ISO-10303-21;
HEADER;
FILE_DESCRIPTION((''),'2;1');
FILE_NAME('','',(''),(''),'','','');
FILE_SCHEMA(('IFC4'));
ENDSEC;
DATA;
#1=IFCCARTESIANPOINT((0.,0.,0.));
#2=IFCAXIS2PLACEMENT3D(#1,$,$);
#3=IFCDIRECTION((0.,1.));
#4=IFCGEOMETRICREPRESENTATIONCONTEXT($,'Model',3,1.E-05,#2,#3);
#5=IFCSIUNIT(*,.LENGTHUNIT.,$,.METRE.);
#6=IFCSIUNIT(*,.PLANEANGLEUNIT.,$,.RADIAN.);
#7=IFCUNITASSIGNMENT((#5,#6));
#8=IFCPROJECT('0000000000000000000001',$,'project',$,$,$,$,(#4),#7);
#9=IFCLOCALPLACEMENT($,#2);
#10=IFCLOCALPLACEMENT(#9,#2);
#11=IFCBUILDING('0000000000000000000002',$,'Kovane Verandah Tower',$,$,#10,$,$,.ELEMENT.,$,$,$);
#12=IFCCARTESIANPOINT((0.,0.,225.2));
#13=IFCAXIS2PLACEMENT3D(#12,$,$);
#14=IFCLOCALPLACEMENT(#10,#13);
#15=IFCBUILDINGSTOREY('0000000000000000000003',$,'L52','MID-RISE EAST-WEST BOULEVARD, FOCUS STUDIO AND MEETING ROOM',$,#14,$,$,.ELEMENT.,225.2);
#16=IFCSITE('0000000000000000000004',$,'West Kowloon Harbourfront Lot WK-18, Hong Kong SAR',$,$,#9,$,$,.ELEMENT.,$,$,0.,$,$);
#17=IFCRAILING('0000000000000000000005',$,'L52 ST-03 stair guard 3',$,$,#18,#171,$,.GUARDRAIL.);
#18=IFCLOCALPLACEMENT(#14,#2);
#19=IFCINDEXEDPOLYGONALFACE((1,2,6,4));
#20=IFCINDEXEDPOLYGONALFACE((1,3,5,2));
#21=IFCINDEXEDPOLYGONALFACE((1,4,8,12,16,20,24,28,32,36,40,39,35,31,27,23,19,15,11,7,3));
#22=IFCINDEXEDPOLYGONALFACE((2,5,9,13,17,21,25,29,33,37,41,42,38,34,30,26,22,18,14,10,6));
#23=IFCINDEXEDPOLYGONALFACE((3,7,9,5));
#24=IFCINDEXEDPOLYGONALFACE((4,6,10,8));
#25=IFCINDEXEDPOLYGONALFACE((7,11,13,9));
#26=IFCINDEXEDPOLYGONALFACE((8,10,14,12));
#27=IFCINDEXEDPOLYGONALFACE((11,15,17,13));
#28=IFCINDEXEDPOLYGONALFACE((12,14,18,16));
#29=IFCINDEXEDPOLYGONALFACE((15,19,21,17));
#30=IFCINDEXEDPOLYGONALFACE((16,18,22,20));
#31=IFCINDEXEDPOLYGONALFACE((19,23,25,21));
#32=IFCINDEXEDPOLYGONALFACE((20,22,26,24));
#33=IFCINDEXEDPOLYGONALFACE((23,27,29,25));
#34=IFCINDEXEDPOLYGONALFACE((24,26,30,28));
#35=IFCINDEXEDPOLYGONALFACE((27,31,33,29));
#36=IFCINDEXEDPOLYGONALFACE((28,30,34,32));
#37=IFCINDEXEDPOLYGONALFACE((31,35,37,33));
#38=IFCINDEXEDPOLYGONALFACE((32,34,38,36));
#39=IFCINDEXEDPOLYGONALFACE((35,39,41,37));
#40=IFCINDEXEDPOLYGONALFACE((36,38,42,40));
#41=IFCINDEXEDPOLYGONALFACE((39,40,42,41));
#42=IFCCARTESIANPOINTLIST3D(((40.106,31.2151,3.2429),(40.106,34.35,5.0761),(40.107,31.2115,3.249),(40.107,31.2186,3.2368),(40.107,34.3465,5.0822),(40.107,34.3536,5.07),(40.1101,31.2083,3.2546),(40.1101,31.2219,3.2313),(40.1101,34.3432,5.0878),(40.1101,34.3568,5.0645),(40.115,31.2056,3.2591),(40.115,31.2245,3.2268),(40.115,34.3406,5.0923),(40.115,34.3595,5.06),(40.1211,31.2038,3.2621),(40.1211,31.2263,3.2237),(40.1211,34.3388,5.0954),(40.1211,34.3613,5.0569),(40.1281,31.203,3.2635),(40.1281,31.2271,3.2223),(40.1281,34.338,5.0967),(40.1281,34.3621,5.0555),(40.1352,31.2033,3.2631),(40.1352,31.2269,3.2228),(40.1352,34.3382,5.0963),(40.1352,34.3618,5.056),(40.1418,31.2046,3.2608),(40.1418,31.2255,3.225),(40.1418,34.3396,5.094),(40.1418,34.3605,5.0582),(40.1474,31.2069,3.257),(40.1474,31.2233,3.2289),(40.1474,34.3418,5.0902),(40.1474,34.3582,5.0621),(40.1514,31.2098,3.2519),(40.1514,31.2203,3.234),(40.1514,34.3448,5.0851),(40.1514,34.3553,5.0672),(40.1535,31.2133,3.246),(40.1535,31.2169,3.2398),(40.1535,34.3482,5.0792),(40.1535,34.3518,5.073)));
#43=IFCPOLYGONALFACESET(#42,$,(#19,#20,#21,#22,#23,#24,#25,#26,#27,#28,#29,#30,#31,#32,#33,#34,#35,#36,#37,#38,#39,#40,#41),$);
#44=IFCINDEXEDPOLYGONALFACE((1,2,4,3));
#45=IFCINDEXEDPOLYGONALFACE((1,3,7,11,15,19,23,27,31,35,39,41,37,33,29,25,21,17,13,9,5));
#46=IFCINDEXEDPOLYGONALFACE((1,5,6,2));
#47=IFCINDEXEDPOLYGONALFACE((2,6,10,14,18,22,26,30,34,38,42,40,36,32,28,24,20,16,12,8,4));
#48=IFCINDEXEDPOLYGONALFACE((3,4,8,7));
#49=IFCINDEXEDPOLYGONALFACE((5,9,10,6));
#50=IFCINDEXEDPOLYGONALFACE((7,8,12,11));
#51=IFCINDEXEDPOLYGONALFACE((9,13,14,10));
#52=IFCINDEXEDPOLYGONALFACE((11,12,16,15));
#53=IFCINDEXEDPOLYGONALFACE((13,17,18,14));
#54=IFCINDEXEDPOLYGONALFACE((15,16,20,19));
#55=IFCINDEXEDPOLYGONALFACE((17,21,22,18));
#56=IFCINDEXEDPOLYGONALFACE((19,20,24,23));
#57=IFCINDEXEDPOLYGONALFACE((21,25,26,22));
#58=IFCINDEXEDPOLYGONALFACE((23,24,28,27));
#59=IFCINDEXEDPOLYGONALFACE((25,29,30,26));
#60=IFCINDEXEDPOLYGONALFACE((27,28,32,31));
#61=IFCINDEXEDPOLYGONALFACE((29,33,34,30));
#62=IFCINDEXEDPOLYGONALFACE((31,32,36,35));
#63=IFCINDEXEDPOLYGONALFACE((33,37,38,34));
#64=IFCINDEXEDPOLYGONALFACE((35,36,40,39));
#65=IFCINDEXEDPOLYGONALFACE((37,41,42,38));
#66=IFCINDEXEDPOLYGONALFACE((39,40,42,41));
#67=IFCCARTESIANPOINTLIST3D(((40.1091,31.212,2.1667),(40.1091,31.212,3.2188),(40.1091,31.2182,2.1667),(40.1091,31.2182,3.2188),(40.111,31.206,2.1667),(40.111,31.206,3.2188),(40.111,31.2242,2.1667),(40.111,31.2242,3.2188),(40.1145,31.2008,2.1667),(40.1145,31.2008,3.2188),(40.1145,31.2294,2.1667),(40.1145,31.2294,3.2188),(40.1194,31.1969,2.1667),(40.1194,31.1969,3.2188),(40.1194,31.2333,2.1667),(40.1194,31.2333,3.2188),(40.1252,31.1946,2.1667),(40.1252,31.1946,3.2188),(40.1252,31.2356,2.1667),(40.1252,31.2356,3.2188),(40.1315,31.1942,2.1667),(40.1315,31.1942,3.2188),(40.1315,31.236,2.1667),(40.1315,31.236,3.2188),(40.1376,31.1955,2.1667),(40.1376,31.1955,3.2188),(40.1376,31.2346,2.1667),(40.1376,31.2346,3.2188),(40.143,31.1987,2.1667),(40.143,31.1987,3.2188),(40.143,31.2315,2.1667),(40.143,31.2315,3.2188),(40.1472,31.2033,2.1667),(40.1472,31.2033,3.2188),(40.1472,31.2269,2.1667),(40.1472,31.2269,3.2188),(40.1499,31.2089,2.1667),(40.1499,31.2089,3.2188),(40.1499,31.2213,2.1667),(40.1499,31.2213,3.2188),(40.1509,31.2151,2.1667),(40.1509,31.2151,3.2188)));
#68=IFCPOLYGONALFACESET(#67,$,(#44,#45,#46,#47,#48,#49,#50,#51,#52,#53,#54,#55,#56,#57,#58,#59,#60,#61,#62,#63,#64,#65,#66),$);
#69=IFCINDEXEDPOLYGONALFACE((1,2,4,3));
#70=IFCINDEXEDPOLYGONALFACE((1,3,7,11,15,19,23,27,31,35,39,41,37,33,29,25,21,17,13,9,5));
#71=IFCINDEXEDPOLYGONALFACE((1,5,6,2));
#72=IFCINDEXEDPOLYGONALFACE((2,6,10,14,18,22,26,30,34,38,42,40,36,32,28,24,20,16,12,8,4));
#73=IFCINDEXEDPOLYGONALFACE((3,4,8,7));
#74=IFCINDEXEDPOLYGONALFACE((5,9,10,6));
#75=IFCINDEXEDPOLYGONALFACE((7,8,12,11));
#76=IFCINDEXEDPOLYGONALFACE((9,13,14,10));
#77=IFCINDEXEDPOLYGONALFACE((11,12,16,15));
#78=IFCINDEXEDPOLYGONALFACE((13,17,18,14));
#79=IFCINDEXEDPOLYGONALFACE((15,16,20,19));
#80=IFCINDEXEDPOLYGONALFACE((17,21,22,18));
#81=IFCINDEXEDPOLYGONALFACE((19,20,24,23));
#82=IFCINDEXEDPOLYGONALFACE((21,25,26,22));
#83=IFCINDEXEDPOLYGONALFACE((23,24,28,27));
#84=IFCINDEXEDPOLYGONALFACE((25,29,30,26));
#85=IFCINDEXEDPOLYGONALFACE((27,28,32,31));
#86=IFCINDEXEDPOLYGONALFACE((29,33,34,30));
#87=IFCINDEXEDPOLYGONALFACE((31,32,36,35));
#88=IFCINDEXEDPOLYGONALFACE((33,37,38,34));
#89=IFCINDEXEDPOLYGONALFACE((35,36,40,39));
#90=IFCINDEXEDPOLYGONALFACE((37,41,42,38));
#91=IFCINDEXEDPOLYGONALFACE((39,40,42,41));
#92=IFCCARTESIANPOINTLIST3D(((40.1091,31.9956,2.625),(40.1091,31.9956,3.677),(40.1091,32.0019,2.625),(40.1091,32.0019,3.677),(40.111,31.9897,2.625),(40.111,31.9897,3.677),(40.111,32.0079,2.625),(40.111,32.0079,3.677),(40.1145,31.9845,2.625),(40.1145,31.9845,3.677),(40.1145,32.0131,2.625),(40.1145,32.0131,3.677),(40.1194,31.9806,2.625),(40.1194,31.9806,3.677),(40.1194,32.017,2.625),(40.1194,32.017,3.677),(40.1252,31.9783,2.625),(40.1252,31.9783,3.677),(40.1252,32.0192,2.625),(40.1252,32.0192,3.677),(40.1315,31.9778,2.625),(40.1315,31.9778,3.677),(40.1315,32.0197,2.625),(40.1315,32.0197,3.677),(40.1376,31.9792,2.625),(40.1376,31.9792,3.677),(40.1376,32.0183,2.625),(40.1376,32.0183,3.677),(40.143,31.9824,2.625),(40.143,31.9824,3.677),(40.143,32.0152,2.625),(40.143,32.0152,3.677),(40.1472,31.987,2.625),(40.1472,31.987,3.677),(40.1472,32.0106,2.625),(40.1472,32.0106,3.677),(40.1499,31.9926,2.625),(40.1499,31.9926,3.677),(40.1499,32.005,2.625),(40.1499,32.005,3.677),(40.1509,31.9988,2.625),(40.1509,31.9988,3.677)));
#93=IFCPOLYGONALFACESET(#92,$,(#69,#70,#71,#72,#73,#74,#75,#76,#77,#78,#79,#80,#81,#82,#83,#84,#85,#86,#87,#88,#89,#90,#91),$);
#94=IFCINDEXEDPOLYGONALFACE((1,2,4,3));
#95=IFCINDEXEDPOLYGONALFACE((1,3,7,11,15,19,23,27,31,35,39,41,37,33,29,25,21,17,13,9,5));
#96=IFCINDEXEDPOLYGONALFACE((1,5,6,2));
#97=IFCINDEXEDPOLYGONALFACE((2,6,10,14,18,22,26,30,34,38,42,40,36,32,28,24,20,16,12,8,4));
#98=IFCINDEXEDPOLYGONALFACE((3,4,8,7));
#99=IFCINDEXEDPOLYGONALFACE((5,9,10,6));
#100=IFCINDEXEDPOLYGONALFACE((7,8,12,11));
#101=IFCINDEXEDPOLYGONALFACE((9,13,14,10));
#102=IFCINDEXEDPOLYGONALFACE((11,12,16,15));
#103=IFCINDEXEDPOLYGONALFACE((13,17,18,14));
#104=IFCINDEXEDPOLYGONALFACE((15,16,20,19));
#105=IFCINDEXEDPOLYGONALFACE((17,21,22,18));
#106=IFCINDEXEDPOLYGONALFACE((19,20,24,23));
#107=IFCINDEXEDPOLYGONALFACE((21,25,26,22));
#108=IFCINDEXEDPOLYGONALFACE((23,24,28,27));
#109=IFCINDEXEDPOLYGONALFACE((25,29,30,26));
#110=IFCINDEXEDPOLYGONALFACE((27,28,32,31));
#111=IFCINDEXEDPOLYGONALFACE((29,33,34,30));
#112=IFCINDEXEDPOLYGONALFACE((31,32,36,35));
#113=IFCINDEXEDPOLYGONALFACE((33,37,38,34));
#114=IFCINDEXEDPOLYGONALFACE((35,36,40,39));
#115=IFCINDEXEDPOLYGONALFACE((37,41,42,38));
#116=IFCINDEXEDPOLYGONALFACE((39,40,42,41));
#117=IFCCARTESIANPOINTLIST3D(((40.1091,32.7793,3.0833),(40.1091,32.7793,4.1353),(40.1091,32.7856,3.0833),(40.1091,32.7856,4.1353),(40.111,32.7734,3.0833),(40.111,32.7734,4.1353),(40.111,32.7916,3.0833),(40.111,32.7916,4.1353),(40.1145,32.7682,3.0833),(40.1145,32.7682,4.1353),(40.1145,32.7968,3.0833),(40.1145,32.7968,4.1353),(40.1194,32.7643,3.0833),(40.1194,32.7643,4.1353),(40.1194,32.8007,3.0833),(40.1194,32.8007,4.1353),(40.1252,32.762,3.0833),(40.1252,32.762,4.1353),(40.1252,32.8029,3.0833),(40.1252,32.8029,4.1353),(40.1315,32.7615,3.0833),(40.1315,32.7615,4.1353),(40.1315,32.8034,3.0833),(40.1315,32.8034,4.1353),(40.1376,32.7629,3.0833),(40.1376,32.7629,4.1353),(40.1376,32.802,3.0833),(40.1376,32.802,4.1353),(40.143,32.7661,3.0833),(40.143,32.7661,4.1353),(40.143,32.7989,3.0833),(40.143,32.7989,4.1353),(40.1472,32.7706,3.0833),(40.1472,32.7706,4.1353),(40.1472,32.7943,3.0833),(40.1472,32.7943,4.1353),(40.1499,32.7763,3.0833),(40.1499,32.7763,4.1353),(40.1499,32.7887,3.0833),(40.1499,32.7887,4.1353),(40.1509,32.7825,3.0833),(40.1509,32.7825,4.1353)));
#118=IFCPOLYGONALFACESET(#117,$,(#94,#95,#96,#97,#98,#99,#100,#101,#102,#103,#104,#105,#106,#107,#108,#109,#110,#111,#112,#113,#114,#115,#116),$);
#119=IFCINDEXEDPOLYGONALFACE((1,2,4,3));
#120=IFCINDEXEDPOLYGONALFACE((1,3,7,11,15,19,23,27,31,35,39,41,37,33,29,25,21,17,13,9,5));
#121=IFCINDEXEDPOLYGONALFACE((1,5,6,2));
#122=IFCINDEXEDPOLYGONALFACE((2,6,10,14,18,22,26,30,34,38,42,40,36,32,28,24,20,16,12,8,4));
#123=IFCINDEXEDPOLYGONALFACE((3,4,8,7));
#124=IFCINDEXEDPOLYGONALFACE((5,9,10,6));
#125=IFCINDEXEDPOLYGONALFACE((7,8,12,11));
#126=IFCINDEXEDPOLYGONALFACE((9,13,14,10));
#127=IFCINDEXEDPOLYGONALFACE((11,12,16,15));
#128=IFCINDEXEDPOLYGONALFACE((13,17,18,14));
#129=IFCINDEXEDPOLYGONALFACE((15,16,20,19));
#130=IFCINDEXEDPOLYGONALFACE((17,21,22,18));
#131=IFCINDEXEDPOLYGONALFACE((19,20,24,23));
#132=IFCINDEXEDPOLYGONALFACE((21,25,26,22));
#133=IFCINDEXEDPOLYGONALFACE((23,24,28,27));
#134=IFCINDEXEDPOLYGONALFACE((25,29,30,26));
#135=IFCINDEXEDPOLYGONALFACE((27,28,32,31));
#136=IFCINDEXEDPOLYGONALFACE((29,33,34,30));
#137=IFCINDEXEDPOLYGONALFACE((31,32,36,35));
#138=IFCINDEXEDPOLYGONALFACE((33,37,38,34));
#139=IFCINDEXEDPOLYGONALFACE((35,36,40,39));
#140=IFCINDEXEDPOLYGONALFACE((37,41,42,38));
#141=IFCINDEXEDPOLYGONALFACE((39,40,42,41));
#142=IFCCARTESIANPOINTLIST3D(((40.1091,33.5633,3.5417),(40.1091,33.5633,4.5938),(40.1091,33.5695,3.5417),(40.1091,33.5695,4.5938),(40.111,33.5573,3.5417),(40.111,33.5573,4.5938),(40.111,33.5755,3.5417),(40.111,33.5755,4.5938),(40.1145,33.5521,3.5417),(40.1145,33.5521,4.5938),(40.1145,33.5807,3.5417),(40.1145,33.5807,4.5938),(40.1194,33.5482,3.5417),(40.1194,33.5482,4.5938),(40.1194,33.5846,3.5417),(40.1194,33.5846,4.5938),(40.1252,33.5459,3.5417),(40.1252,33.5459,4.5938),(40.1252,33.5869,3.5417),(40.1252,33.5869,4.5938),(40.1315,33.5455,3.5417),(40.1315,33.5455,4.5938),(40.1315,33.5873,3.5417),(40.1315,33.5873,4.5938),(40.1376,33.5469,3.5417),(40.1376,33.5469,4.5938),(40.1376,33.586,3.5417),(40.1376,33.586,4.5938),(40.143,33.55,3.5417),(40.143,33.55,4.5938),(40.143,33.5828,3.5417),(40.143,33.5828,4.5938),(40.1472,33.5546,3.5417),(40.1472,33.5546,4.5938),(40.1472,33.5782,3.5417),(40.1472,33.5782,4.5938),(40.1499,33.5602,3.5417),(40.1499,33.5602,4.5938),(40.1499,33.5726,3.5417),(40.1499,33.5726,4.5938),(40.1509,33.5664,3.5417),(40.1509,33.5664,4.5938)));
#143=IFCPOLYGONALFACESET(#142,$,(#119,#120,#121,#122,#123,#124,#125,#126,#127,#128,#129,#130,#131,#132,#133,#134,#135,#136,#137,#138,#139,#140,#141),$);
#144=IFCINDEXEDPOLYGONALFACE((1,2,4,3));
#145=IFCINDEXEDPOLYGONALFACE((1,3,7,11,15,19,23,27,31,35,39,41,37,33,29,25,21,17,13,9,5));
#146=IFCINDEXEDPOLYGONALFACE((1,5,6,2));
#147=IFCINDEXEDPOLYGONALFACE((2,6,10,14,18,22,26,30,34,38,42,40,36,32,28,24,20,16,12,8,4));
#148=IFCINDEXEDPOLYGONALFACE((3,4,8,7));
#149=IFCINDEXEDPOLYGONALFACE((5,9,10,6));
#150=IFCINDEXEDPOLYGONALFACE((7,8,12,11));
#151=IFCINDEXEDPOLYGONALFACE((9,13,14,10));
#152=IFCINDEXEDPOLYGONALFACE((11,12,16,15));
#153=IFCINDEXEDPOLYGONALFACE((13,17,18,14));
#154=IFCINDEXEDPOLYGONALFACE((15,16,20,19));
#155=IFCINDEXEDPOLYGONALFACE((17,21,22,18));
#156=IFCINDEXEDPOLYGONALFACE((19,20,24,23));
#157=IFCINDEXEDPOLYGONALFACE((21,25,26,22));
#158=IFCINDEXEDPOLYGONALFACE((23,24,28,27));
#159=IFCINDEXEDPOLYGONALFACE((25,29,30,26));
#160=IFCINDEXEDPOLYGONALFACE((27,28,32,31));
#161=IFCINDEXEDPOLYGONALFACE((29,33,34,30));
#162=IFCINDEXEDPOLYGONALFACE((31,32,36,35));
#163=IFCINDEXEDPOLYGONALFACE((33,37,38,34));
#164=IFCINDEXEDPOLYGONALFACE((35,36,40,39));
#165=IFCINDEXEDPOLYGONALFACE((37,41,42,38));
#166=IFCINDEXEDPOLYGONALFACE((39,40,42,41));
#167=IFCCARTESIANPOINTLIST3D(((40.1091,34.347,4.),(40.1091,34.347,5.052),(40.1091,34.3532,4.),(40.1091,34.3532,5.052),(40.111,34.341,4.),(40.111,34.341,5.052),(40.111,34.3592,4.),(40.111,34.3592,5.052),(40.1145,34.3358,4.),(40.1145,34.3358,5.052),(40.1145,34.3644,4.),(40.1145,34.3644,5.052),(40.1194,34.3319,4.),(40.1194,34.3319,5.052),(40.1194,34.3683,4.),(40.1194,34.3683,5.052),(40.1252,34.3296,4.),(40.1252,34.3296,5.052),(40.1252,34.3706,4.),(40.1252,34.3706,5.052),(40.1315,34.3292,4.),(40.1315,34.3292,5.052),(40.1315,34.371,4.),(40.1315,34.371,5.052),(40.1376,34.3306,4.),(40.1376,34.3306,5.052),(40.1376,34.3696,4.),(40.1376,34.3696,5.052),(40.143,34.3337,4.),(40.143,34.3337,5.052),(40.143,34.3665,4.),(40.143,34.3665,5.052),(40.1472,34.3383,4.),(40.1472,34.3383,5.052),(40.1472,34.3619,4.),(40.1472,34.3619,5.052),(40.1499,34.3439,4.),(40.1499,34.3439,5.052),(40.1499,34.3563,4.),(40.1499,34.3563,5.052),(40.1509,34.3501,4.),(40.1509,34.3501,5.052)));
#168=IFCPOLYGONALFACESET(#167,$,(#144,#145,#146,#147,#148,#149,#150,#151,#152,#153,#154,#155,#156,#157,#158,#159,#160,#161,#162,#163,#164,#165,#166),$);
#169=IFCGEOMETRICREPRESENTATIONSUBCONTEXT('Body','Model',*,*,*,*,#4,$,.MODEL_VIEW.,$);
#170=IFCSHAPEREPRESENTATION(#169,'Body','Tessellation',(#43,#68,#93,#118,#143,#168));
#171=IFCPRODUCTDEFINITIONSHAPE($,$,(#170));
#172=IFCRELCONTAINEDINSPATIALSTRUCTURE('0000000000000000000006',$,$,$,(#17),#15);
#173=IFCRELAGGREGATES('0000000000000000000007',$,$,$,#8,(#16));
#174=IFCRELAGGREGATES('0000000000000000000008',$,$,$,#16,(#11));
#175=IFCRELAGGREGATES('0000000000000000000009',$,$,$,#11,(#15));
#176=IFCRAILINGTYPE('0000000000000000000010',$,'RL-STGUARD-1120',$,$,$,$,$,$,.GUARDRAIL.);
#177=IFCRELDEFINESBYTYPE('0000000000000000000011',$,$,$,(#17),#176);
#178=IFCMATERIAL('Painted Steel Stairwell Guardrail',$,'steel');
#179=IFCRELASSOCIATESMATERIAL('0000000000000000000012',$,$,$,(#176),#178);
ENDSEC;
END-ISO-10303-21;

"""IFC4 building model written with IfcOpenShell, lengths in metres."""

from ifc_helpers import new_model, si_unit, direction, frame, origin, origin_2d, place, context, subcontext, project, spatial, circle, extrude, material, type_object, element, save


model = new_model("IFC4")

# Units and contexts
model_context = context("Model", 3, precision=1e-05, world=origin(), true_north=direction((0.0, 1.0)))
body_context = subcontext(model_context, "Body", "Model", "MODEL_VIEW")
ifc_project = project(units=[si_unit("LENGTHUNIT", "METRE"), si_unit("PLANEANGLEUNIT", "RADIAN")], contexts=[model_context])

# Site, building, storey
site_placement = place(None, origin())
site = spatial("IfcSite", under=ifc_project, at=site_placement, Name="West Kowloon Harbourfront Lot WK-18, Hong Kong SAR", CompositionType="ELEMENT", RefElevation=0.0)
building_placement = place(site_placement, origin())
building = spatial("IfcBuilding", under=site, at=building_placement, Name="Kovane Verandah Tower", CompositionType="ELEMENT")
storey_placement = place(building_placement, frame((0.0, 0.0, 225.2)))
storey = spatial("IfcBuildingStorey", under=building, at=storey_placement, Name="L52", Description="MID-RISE EAST-WEST BOULEVARD, FOCUS STUDIO AND MEETING ROOM", CompositionType="ELEMENT", Elevation=225.2)

# Railing
ifc_material_1 = material(Name="Painted Steel Stairwell Guardrail", Category="steel")
railing_type_1 = type_object("IfcRailingType", Name="RL-STGUARD-1120", PredefinedType="GUARDRAIL", material=ifc_material_1)
railing_1_placement = place(storey_placement, frame((40.1299, 31.2151, 2.1667)))
element("IfcRailing", 1, at=railing_1_placement, inside=storey, type_object=railing_type_1, Name="L52 ST-03 stair guard 3", PredefinedType="GUARDRAIL", context=body_context, shape_type="SweptSolid", body=[
    extrude(circle(Radius=0.0239, at=origin_2d()), frame((0.0, 0.0, 1.0762), z_axis=(0.0, 0.86324, 0.504794), x_axis=(-1.0, 0.0, 0.0)), (0.0, 0.0, 1.0), 3.6316),
    extrude(circle(Radius=0.021, at=origin_2d()), origin(), (0.0, 0.0, 1.0), 1.052),
    extrude(circle(Radius=0.021, at=origin_2d()), frame((0.0, 0.7837, 0.4583)), (0.0, 0.0, 1.0), 1.052),
    extrude(circle(Radius=0.021, at=origin_2d()), frame((0.0, 1.5674, 0.9165)), (0.0, 0.0, 1.0), 1.052),
    extrude(circle(Radius=0.021, at=origin_2d()), frame((0.0, 2.3513, 1.375)), (0.0, 0.0, 1.0), 1.052),
    extrude(circle(Radius=0.021, at=origin_2d()), frame((0.0, 3.135, 1.8333)), (0.0, 0.0, 1.0), 1.052),
])

save(model, "model.ifc")
